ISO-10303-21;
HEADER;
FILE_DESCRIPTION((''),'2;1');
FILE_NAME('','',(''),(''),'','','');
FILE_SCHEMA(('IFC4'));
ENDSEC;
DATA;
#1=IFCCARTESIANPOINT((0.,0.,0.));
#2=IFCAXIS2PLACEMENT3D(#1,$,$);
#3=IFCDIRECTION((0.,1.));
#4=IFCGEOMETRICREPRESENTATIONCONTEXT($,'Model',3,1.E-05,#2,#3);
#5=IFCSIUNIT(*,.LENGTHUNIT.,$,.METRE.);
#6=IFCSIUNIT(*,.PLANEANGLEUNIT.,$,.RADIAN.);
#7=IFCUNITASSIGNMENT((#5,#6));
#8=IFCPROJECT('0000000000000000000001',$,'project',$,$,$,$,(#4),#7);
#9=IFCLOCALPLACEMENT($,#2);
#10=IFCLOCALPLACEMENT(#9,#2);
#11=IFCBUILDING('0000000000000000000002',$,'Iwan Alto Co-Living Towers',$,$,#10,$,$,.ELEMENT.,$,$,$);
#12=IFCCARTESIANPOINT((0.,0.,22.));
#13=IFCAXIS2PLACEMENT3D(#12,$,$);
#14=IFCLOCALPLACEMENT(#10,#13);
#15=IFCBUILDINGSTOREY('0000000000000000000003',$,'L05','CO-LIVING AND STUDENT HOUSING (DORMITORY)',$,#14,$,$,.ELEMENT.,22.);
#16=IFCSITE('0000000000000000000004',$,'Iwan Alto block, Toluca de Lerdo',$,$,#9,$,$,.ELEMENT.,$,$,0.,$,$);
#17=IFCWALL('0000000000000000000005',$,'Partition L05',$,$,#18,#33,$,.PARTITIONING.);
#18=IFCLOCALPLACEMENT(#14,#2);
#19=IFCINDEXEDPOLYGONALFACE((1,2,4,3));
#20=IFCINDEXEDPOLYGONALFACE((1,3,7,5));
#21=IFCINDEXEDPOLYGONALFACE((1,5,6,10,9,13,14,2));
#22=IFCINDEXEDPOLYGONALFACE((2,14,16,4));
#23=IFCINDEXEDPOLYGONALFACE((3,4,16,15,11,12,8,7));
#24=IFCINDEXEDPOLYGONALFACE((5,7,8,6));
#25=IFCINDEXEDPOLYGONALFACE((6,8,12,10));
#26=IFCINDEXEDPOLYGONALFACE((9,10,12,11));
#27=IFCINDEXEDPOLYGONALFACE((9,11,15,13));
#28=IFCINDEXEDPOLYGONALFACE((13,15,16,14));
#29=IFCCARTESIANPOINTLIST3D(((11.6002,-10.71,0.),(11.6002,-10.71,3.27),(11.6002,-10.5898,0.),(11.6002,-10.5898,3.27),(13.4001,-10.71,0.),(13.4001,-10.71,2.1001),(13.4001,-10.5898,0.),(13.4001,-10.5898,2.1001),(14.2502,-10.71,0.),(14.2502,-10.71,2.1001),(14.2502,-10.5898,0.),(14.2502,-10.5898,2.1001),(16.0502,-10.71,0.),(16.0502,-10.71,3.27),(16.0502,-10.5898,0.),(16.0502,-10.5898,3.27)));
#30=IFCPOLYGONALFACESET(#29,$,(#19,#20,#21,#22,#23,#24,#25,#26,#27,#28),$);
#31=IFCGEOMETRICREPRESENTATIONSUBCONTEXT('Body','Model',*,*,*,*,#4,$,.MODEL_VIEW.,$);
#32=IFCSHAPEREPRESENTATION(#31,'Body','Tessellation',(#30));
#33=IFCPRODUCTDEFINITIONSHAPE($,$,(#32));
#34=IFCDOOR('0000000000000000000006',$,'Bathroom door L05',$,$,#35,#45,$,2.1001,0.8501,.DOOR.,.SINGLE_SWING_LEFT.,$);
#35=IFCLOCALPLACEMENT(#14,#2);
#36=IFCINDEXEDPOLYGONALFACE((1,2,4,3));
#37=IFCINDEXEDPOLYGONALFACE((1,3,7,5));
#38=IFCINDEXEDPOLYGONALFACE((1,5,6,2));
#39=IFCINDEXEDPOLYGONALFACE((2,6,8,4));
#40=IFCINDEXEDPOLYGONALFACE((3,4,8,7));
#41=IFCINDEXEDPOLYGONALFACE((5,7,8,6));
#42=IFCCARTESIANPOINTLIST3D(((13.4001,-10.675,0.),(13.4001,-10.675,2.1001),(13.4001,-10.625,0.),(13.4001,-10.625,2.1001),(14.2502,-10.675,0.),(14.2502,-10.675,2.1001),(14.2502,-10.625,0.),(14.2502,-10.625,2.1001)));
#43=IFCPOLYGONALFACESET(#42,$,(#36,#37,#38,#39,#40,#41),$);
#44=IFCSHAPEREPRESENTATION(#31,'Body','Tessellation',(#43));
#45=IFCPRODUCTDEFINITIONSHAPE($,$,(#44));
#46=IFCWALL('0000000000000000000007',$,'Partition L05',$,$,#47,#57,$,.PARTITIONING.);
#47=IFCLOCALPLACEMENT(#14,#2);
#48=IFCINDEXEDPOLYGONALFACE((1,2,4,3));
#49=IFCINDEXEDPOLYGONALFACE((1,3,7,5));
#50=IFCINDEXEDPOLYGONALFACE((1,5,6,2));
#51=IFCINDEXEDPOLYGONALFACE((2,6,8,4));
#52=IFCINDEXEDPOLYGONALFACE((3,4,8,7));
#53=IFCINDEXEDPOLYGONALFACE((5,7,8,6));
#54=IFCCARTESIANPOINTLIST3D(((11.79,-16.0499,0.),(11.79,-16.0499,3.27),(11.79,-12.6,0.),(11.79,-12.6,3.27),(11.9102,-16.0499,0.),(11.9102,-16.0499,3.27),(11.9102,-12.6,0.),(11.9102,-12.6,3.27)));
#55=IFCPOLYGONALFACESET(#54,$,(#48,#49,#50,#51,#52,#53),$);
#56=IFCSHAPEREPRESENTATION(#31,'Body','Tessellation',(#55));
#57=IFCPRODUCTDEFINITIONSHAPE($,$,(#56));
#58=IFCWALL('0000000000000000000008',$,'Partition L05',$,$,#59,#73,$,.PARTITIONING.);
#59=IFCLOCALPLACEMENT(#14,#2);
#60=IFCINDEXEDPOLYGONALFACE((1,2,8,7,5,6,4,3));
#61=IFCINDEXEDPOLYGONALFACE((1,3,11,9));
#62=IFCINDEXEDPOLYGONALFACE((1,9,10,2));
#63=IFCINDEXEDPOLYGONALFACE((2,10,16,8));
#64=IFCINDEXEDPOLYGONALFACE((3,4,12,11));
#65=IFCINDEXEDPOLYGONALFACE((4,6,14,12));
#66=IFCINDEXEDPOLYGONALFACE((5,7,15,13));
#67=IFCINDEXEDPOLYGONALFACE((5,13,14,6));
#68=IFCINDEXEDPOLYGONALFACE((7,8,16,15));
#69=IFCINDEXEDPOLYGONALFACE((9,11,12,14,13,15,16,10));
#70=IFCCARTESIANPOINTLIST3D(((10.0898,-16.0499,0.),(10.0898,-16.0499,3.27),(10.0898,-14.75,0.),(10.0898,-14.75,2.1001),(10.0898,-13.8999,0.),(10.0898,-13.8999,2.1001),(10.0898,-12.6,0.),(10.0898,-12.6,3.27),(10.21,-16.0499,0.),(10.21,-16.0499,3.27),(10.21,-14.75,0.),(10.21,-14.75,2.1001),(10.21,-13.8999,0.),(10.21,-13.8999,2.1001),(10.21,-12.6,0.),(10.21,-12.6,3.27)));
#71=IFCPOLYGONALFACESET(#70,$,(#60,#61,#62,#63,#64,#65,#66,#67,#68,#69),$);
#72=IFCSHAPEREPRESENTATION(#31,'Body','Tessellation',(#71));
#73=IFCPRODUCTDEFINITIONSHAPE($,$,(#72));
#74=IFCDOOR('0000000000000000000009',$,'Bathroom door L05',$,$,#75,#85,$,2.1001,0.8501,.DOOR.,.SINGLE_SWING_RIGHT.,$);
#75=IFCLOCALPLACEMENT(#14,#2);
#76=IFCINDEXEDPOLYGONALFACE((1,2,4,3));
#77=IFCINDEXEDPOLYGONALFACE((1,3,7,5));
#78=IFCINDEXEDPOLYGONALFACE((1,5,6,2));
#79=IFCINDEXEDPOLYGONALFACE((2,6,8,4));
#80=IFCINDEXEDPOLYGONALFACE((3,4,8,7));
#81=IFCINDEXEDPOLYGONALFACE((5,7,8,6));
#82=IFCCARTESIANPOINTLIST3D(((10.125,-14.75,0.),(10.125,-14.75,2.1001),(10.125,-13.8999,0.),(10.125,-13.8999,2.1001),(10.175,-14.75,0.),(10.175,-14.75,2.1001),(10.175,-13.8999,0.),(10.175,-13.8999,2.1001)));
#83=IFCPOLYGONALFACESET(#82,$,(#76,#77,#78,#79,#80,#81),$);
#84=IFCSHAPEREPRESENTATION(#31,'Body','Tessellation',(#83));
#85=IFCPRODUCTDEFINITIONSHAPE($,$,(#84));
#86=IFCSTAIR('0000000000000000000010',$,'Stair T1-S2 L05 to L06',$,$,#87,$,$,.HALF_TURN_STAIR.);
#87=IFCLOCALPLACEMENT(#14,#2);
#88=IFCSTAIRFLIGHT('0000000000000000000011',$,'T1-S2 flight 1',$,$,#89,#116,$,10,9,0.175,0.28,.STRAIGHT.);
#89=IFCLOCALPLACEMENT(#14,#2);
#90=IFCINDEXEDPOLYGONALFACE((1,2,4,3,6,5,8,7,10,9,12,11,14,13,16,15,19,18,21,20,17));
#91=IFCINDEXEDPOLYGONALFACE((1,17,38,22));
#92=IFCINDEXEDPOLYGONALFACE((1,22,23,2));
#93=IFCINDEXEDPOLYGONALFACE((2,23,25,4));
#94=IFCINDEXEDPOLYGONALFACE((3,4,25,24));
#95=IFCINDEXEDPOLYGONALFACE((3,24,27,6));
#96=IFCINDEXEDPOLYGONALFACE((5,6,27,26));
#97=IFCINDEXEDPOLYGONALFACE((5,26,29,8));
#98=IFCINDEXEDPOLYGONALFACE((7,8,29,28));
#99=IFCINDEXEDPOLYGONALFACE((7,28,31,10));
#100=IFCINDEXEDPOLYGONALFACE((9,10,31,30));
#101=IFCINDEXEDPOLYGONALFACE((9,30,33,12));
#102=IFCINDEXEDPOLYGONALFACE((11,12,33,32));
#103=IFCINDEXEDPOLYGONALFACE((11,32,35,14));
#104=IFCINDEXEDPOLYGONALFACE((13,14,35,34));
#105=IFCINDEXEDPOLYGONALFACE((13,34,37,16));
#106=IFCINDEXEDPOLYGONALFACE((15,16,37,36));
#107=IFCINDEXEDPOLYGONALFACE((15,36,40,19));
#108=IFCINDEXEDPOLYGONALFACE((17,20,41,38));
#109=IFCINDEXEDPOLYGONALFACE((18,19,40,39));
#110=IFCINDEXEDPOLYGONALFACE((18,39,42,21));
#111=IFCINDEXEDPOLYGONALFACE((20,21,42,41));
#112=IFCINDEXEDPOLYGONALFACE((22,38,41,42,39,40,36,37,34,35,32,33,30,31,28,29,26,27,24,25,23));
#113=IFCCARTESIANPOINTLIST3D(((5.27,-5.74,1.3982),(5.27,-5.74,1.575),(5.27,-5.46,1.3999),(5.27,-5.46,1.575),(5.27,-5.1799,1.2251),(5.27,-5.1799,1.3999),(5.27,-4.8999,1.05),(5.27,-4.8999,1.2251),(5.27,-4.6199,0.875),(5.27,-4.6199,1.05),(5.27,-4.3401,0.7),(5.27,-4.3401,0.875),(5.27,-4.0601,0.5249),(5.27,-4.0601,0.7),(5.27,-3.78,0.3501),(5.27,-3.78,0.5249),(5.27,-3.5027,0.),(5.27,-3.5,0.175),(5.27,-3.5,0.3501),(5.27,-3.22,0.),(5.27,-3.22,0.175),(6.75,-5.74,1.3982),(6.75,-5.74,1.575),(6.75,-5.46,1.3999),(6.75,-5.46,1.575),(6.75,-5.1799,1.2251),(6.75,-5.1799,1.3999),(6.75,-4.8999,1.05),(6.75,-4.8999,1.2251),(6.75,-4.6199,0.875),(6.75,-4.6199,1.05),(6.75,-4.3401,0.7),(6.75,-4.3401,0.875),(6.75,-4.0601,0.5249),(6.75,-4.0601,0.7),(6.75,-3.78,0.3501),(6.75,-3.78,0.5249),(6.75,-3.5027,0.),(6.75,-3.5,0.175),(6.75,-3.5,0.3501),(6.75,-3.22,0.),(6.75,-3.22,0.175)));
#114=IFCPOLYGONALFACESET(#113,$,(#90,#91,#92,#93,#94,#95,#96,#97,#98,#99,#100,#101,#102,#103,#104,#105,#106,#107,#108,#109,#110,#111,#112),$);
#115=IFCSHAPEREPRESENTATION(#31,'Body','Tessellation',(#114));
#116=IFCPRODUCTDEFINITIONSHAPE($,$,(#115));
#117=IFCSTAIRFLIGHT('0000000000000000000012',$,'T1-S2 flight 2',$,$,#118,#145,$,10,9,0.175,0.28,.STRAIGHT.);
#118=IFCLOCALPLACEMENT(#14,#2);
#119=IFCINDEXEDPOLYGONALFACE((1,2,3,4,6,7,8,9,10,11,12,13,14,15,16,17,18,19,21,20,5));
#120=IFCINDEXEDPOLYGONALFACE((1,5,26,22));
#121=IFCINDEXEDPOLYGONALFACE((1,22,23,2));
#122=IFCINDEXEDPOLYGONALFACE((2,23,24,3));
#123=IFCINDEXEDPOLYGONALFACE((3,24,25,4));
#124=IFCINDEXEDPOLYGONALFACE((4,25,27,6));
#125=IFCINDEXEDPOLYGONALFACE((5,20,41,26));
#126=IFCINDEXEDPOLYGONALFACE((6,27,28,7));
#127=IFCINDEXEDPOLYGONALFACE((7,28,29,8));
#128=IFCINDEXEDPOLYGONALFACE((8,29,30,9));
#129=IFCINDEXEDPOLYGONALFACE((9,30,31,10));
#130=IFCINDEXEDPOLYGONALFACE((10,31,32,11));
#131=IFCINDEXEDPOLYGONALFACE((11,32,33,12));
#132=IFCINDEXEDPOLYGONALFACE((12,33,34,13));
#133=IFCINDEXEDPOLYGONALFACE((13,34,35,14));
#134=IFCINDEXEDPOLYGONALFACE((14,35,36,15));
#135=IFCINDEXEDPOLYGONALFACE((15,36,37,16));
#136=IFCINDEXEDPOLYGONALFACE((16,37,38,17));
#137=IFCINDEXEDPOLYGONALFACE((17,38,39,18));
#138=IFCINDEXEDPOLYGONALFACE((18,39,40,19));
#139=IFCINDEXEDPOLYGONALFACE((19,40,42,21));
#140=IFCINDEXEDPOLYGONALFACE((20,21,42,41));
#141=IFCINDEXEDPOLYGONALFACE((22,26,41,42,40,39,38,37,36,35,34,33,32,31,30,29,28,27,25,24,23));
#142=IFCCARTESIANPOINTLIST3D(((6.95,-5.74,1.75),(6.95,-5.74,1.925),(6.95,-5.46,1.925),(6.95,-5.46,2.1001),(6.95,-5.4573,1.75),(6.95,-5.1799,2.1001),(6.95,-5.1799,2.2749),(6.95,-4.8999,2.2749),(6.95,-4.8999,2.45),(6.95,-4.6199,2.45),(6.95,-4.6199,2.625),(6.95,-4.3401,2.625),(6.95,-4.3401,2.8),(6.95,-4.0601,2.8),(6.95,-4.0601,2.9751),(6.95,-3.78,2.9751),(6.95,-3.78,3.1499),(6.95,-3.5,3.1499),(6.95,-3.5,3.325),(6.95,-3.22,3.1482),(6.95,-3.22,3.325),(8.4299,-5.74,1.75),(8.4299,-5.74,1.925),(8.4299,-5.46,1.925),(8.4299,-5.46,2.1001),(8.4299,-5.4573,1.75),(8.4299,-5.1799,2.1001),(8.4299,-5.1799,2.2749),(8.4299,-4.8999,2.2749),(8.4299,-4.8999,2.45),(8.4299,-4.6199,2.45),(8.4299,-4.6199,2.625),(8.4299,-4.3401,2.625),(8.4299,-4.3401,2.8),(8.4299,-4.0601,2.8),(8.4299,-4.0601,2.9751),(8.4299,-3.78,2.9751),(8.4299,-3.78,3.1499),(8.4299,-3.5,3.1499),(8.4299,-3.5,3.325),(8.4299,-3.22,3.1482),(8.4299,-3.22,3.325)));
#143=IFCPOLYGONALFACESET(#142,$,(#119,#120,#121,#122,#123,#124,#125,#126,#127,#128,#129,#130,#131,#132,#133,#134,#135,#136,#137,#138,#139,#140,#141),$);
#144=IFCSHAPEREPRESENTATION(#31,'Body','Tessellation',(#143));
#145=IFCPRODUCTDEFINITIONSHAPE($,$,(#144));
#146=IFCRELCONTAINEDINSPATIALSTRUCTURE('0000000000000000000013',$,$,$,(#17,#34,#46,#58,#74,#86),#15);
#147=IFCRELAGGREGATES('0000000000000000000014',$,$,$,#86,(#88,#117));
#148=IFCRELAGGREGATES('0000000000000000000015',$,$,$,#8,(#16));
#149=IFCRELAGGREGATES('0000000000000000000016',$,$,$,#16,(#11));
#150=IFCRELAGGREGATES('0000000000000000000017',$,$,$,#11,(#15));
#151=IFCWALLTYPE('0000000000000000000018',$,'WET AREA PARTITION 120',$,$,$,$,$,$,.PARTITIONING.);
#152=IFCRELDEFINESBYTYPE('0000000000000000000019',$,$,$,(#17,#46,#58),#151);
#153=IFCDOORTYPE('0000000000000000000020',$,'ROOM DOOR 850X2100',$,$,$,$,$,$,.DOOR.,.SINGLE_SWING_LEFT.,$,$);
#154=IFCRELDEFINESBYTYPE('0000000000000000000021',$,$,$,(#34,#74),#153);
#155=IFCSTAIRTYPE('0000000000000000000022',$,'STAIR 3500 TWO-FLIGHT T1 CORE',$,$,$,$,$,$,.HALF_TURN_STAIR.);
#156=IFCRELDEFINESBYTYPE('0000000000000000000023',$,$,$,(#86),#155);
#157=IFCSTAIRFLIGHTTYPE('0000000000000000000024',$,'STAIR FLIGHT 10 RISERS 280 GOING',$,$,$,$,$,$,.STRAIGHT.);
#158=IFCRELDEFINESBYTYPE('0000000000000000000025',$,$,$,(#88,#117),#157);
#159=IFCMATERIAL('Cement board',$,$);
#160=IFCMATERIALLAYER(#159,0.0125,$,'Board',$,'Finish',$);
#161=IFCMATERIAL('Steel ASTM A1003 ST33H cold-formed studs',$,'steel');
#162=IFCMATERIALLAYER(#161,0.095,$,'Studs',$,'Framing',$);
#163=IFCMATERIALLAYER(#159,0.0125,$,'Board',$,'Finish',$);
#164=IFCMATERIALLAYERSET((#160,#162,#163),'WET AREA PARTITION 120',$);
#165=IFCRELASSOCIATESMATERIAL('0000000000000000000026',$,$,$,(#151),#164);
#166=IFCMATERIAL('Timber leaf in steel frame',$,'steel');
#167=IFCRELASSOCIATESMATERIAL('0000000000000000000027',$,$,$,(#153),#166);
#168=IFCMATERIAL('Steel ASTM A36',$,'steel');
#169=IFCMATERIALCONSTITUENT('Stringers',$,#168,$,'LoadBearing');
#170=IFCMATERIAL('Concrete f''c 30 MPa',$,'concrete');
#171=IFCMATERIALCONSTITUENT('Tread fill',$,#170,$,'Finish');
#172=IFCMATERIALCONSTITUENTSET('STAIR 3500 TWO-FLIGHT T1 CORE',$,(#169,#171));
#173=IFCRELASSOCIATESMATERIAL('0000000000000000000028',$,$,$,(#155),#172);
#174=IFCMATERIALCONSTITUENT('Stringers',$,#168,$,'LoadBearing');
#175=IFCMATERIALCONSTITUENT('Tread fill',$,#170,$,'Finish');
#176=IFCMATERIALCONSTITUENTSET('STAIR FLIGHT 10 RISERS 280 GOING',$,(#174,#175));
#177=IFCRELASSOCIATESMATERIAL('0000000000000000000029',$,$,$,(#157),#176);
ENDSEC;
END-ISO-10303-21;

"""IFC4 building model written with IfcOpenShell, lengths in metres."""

from ifc_helpers import new_model, si_unit, direction, frame, frame_2d, origin, place, context, subcontext, project, spatial, polyline, rectangle, outline, extrude, material, layer, layer_set, constituent, constituent_set, type_object, element, fill, aggregate, save


model = new_model("IFC4")

# Units and contexts
model_context = context("Model", 3, precision=1e-05, world=origin(), true_north=direction((0.0, 1.0)))
body_context = subcontext(model_context, "Body", "Model", "MODEL_VIEW")
ifc_project = project(units=[si_unit("LENGTHUNIT", "METRE"), si_unit("PLANEANGLEUNIT", "RADIAN")], contexts=[model_context])

# Site, building, storey
site_placement = place(None, origin())
site = spatial("IfcSite", under=ifc_project, at=site_placement, Name="Iwan Alto block, Toluca de Lerdo", CompositionType="ELEMENT", RefElevation=0.0)
building_placement = place(site_placement, origin())
building = spatial("IfcBuilding", under=site, at=building_placement, Name="Iwan Alto Co-Living Towers", CompositionType="ELEMENT")
storey_placement = place(building_placement, frame((0.0, 0.0, 22.0)))
storey = spatial("IfcBuildingStorey", under=building, at=storey_placement, Name="L05", Description="CO-LIVING AND STUDENT HOUSING (DORMITORY)", CompositionType="ELEMENT", Elevation=22.0)

# Shared definitions
ifc_material_1 = material(Name="Steel ASTM A1003 ST33H cold-formed studs", Category="steel")

# Wall, opening, door
ifc_material_2 = material(Name="Cement board")
ifc_layer_1 = layer(ifc_material_2, 0.0125, Name="Board", Category="Finish")
ifc_layer_2 = layer(ifc_material_1, 0.095, Name="Studs", Category="Framing")
ifc_layer_3 = layer(ifc_material_2, 0.0125, Name="Board", Category="Finish")
ifc_layer_set_1 = layer_set([ifc_layer_1, ifc_layer_2, ifc_layer_3], Name="WET AREA PARTITION 120")
wall_type_1 = type_object("IfcWallType", Name="WET AREA PARTITION 120", PredefinedType="PARTITIONING", material=ifc_layer_set_1)
ifc_material_3 = material(Name="Timber leaf in steel frame", Category="steel")
door_type_1 = type_object("IfcDoorType", Name="ROOM DOOR 850X2100", OperationType="SINGLE_SWING_LEFT", PredefinedType="DOOR", material=ifc_material_3)
wall_1_placement = place(storey_placement, frame((11.6001, -10.6499, 0.0), z_axis=(0.0, 0.0, 1.0), x_axis=(1.0, 0.0, 0.0)))
wall_1 = element("IfcWall", 1, at=wall_1_placement, inside=storey, type_object=wall_type_1, Name="Partition L05", PredefinedType="PARTITIONING", context=body_context, shape_type="SweptSolid", body=[
    extrude(rectangle(XDim=4.45, YDim=0.1201, at=frame_2d((2.2251, 0.0))), origin(), (0.0, 0.0, 1.0), 3.27),
])
opening_1_placement = place(wall_1_placement, frame((1.8, 0.0, 0.0)))
opening_1 = element("IfcOpeningElement", 2, at=opening_1_placement, cuts=wall_1, PredefinedType="OPENING", context=body_context, shape_type="SweptSolid", body=[
    extrude(rectangle(XDim=0.8501, YDim=2.1001, at=frame_2d((0.425, 1.05))), frame((0.0, 0.0701, 0.0), z_axis=(0.0, -1.0, 0.0), x_axis=(1.0, 0.0, 0.0)), (0.0, 0.0, 1.0), 0.1401),
])
door_1_placement = place(opening_1_placement, origin())
door_1 = element("IfcDoor", 3, at=door_1_placement, inside=storey, type_object=door_type_1, Name="Bathroom door L05", OperationType="SINGLE_SWING_LEFT", OverallHeight=2.1001, OverallWidth=0.8501, PredefinedType="DOOR", context=body_context, shape_type="SweptSolid", body=[
    extrude(rectangle(XDim=0.8501, YDim=2.1001, at=frame_2d((0.425, 1.05))), frame((0.0, 0.0249, 0.0), z_axis=(0.0, -1.0, 0.0), x_axis=(1.0, 0.0, 0.0)), (0.0, 0.0, 1.0), 0.05),
])
fill(opening_1, door_1)

# Wall
wall_2_placement = place(storey_placement, frame((11.8501, -16.05, 0.0), z_axis=(0.0, 0.0, 1.0), x_axis=(0.0, 1.0, 0.0)))
element("IfcWall", 4, at=wall_2_placement, inside=storey, type_object=wall_type_1, Name="Partition L05", PredefinedType="PARTITIONING", context=body_context, shape_type="SweptSolid", body=[
    extrude(rectangle(XDim=3.45, YDim=0.1201, at=frame_2d((1.7251, 0.0))), origin(), (0.0, 0.0, 1.0), 3.27),
])

# Wall, opening, door
wall_3_placement = place(storey_placement, frame((10.1499, -16.05, 0.0), z_axis=(0.0, 0.0, 1.0), x_axis=(0.0, 1.0, 0.0)))
wall_3 = element("IfcWall", 5, at=wall_3_placement, inside=storey, type_object=wall_type_1, Name="Partition L05", PredefinedType="PARTITIONING", context=body_context, shape_type="SweptSolid", body=[
    extrude(rectangle(XDim=3.45, YDim=0.1201, at=frame_2d((1.7251, 0.0))), origin(), (0.0, 0.0, 1.0), 3.27),
])
opening_2_placement = place(wall_3_placement, frame((1.3, 0.0, 0.0)))
opening_2 = element("IfcOpeningElement", 6, at=opening_2_placement, cuts=wall_3, PredefinedType="OPENING", context=body_context, shape_type="SweptSolid", body=[
    extrude(rectangle(XDim=0.8501, YDim=2.1001, at=frame_2d((0.425, 1.05))), frame((0.0, 0.0701, 0.0), z_axis=(0.0, -1.0, 0.0), x_axis=(1.0, 0.0, 0.0)), (0.0, 0.0, 1.0), 0.1401),
])
door_2_placement = place(opening_2_placement, origin())
door_2 = element("IfcDoor", 7, at=door_2_placement, inside=storey, type_object=door_type_1, Name="Bathroom door L05", OperationType="SINGLE_SWING_RIGHT", OverallHeight=2.1001, OverallWidth=0.8501, PredefinedType="DOOR", context=body_context, shape_type="SweptSolid", body=[
    extrude(rectangle(XDim=0.8501, YDim=2.1001, at=frame_2d((0.425, 1.05))), frame((0.0, 0.0249, 0.0), z_axis=(0.0, -1.0, 0.0), x_axis=(1.0, 0.0, 0.0)), (0.0, 0.0, 1.0), 0.05),
])
fill(opening_2, door_2)

# Stair, stair flights
ifc_material_4 = material(Name="Steel ASTM A36", Category="steel")
ifc_constituent_1 = constituent(ifc_material_4, Name="Stringers", Category="LoadBearing")
ifc_material_5 = material(Name="Concrete f'c 30 MPa", Category="concrete")
ifc_constituent_2 = constituent(ifc_material_5, Name="Tread fill", Category="Finish")
ifc_constituent_set_1 = constituent_set(constituents=[ifc_constituent_1, ifc_constituent_2], Name="STAIR 3500 TWO-FLIGHT T1 CORE")
stair_type = type_object("IfcStairType", Name="STAIR 3500 TWO-FLIGHT T1 CORE", PredefinedType="HALF_TURN_STAIR", material=ifc_constituent_set_1)
stair_placement = place(storey_placement, origin())
stair = element("IfcStair", 8, at=stair_placement, inside=storey, type_object=stair_type, Name="Stair T1-S2 L05 to L06", PredefinedType="HALF_TURN_STAIR")
ifc_constituent_3 = constituent(ifc_material_4, Name="Stringers", Category="LoadBearing")
ifc_constituent_4 = constituent(ifc_material_5, Name="Tread fill", Category="Finish")
ifc_constituent_set_2 = constituent_set(constituents=[ifc_constituent_3, ifc_constituent_4], Name="STAIR FLIGHT 10 RISERS 280 GOING")
stair_flight_type = type_object("IfcStairFlightType", Name="STAIR FLIGHT 10 RISERS 280 GOING", PredefinedType="STRAIGHT", material=ifc_constituent_set_2)
stair_flight_1_placement = place(storey_placement, frame((6.01, -3.22, 0.0), z_axis=(0.0, 0.0, 1.0), x_axis=(0.0, -1.0, 0.0)))
stair_flight_1 = element("IfcStairFlight", 9, at=stair_flight_1_placement, type_object=stair_flight_type, Name="T1-S2 flight 1", NumberOfRisers=10, NumberOfTreads=9, PredefinedType="STRAIGHT", RiserHeight=0.175, TreadLength=0.28, context=body_context, shape_type="SweptSolid", body=[
    extrude(outline(polyline([(0.0, 0.0), (0.0, 0.175), (0.28, 0.175), (0.28, 0.3501), (0.5601, 0.3501), (0.5601, 0.5249), (0.8401, 0.5249), (0.8401, 0.7), (1.1201, 0.7), (1.1201, 0.875), (1.3999, 0.875), (1.3999, 1.05), (1.6799, 1.05), (1.6799, 1.2251), (1.96, 1.2251), (1.96, 1.3999), (2.24, 1.3999), (2.24, 1.575), (2.52, 1.575), (2.52, 1.75), (2.52, 1.3982), (0.2827, 0.0), (0.0, 0.0)])), frame((0.0, 0.74, 0.0), z_axis=(0.0, -1.0, 0.0), x_axis=(1.0, 0.0, 0.0)), (0.0, 0.0, 1.0), 1.48),
])
stair_flight_2_placement = place(storey_placement, frame((7.6899, -5.74, 1.75), z_axis=(0.0, 0.0, 1.0), x_axis=(0.0, 1.0, 0.0)))
stair_flight_2 = element("IfcStairFlight", 10, at=stair_flight_2_placement, type_object=stair_flight_type, Name="T1-S2 flight 2", NumberOfRisers=10, NumberOfTreads=9, PredefinedType="STRAIGHT", RiserHeight=0.175, TreadLength=0.28, context=body_context, shape_type="SweptSolid", body=[
    extrude(outline(polyline([(0.0, 0.0), (0.0, 0.175), (0.28, 0.175), (0.28, 0.3501), (0.5601, 0.3501), (0.5601, 0.5249), (0.8401, 0.5249), (0.8401, 0.7), (1.1201, 0.7), (1.1201, 0.875), (1.3999, 0.875), (1.3999, 1.05), (1.6799, 1.05), (1.6799, 1.2251), (1.96, 1.2251), (1.96, 1.3999), (2.24, 1.3999), (2.24, 1.575), (2.52, 1.575), (2.52, 1.75), (2.52, 1.3982), (0.2827, 0.0), (0.0, 0.0)])), frame((0.0, 0.74, 0.0), z_axis=(0.0, -1.0, 0.0), x_axis=(1.0, 0.0, 0.0)), (0.0, 0.0, 1.0), 1.48),
])
aggregate(stair, [stair_flight_1, stair_flight_2])

save(model, "model.ifc")
